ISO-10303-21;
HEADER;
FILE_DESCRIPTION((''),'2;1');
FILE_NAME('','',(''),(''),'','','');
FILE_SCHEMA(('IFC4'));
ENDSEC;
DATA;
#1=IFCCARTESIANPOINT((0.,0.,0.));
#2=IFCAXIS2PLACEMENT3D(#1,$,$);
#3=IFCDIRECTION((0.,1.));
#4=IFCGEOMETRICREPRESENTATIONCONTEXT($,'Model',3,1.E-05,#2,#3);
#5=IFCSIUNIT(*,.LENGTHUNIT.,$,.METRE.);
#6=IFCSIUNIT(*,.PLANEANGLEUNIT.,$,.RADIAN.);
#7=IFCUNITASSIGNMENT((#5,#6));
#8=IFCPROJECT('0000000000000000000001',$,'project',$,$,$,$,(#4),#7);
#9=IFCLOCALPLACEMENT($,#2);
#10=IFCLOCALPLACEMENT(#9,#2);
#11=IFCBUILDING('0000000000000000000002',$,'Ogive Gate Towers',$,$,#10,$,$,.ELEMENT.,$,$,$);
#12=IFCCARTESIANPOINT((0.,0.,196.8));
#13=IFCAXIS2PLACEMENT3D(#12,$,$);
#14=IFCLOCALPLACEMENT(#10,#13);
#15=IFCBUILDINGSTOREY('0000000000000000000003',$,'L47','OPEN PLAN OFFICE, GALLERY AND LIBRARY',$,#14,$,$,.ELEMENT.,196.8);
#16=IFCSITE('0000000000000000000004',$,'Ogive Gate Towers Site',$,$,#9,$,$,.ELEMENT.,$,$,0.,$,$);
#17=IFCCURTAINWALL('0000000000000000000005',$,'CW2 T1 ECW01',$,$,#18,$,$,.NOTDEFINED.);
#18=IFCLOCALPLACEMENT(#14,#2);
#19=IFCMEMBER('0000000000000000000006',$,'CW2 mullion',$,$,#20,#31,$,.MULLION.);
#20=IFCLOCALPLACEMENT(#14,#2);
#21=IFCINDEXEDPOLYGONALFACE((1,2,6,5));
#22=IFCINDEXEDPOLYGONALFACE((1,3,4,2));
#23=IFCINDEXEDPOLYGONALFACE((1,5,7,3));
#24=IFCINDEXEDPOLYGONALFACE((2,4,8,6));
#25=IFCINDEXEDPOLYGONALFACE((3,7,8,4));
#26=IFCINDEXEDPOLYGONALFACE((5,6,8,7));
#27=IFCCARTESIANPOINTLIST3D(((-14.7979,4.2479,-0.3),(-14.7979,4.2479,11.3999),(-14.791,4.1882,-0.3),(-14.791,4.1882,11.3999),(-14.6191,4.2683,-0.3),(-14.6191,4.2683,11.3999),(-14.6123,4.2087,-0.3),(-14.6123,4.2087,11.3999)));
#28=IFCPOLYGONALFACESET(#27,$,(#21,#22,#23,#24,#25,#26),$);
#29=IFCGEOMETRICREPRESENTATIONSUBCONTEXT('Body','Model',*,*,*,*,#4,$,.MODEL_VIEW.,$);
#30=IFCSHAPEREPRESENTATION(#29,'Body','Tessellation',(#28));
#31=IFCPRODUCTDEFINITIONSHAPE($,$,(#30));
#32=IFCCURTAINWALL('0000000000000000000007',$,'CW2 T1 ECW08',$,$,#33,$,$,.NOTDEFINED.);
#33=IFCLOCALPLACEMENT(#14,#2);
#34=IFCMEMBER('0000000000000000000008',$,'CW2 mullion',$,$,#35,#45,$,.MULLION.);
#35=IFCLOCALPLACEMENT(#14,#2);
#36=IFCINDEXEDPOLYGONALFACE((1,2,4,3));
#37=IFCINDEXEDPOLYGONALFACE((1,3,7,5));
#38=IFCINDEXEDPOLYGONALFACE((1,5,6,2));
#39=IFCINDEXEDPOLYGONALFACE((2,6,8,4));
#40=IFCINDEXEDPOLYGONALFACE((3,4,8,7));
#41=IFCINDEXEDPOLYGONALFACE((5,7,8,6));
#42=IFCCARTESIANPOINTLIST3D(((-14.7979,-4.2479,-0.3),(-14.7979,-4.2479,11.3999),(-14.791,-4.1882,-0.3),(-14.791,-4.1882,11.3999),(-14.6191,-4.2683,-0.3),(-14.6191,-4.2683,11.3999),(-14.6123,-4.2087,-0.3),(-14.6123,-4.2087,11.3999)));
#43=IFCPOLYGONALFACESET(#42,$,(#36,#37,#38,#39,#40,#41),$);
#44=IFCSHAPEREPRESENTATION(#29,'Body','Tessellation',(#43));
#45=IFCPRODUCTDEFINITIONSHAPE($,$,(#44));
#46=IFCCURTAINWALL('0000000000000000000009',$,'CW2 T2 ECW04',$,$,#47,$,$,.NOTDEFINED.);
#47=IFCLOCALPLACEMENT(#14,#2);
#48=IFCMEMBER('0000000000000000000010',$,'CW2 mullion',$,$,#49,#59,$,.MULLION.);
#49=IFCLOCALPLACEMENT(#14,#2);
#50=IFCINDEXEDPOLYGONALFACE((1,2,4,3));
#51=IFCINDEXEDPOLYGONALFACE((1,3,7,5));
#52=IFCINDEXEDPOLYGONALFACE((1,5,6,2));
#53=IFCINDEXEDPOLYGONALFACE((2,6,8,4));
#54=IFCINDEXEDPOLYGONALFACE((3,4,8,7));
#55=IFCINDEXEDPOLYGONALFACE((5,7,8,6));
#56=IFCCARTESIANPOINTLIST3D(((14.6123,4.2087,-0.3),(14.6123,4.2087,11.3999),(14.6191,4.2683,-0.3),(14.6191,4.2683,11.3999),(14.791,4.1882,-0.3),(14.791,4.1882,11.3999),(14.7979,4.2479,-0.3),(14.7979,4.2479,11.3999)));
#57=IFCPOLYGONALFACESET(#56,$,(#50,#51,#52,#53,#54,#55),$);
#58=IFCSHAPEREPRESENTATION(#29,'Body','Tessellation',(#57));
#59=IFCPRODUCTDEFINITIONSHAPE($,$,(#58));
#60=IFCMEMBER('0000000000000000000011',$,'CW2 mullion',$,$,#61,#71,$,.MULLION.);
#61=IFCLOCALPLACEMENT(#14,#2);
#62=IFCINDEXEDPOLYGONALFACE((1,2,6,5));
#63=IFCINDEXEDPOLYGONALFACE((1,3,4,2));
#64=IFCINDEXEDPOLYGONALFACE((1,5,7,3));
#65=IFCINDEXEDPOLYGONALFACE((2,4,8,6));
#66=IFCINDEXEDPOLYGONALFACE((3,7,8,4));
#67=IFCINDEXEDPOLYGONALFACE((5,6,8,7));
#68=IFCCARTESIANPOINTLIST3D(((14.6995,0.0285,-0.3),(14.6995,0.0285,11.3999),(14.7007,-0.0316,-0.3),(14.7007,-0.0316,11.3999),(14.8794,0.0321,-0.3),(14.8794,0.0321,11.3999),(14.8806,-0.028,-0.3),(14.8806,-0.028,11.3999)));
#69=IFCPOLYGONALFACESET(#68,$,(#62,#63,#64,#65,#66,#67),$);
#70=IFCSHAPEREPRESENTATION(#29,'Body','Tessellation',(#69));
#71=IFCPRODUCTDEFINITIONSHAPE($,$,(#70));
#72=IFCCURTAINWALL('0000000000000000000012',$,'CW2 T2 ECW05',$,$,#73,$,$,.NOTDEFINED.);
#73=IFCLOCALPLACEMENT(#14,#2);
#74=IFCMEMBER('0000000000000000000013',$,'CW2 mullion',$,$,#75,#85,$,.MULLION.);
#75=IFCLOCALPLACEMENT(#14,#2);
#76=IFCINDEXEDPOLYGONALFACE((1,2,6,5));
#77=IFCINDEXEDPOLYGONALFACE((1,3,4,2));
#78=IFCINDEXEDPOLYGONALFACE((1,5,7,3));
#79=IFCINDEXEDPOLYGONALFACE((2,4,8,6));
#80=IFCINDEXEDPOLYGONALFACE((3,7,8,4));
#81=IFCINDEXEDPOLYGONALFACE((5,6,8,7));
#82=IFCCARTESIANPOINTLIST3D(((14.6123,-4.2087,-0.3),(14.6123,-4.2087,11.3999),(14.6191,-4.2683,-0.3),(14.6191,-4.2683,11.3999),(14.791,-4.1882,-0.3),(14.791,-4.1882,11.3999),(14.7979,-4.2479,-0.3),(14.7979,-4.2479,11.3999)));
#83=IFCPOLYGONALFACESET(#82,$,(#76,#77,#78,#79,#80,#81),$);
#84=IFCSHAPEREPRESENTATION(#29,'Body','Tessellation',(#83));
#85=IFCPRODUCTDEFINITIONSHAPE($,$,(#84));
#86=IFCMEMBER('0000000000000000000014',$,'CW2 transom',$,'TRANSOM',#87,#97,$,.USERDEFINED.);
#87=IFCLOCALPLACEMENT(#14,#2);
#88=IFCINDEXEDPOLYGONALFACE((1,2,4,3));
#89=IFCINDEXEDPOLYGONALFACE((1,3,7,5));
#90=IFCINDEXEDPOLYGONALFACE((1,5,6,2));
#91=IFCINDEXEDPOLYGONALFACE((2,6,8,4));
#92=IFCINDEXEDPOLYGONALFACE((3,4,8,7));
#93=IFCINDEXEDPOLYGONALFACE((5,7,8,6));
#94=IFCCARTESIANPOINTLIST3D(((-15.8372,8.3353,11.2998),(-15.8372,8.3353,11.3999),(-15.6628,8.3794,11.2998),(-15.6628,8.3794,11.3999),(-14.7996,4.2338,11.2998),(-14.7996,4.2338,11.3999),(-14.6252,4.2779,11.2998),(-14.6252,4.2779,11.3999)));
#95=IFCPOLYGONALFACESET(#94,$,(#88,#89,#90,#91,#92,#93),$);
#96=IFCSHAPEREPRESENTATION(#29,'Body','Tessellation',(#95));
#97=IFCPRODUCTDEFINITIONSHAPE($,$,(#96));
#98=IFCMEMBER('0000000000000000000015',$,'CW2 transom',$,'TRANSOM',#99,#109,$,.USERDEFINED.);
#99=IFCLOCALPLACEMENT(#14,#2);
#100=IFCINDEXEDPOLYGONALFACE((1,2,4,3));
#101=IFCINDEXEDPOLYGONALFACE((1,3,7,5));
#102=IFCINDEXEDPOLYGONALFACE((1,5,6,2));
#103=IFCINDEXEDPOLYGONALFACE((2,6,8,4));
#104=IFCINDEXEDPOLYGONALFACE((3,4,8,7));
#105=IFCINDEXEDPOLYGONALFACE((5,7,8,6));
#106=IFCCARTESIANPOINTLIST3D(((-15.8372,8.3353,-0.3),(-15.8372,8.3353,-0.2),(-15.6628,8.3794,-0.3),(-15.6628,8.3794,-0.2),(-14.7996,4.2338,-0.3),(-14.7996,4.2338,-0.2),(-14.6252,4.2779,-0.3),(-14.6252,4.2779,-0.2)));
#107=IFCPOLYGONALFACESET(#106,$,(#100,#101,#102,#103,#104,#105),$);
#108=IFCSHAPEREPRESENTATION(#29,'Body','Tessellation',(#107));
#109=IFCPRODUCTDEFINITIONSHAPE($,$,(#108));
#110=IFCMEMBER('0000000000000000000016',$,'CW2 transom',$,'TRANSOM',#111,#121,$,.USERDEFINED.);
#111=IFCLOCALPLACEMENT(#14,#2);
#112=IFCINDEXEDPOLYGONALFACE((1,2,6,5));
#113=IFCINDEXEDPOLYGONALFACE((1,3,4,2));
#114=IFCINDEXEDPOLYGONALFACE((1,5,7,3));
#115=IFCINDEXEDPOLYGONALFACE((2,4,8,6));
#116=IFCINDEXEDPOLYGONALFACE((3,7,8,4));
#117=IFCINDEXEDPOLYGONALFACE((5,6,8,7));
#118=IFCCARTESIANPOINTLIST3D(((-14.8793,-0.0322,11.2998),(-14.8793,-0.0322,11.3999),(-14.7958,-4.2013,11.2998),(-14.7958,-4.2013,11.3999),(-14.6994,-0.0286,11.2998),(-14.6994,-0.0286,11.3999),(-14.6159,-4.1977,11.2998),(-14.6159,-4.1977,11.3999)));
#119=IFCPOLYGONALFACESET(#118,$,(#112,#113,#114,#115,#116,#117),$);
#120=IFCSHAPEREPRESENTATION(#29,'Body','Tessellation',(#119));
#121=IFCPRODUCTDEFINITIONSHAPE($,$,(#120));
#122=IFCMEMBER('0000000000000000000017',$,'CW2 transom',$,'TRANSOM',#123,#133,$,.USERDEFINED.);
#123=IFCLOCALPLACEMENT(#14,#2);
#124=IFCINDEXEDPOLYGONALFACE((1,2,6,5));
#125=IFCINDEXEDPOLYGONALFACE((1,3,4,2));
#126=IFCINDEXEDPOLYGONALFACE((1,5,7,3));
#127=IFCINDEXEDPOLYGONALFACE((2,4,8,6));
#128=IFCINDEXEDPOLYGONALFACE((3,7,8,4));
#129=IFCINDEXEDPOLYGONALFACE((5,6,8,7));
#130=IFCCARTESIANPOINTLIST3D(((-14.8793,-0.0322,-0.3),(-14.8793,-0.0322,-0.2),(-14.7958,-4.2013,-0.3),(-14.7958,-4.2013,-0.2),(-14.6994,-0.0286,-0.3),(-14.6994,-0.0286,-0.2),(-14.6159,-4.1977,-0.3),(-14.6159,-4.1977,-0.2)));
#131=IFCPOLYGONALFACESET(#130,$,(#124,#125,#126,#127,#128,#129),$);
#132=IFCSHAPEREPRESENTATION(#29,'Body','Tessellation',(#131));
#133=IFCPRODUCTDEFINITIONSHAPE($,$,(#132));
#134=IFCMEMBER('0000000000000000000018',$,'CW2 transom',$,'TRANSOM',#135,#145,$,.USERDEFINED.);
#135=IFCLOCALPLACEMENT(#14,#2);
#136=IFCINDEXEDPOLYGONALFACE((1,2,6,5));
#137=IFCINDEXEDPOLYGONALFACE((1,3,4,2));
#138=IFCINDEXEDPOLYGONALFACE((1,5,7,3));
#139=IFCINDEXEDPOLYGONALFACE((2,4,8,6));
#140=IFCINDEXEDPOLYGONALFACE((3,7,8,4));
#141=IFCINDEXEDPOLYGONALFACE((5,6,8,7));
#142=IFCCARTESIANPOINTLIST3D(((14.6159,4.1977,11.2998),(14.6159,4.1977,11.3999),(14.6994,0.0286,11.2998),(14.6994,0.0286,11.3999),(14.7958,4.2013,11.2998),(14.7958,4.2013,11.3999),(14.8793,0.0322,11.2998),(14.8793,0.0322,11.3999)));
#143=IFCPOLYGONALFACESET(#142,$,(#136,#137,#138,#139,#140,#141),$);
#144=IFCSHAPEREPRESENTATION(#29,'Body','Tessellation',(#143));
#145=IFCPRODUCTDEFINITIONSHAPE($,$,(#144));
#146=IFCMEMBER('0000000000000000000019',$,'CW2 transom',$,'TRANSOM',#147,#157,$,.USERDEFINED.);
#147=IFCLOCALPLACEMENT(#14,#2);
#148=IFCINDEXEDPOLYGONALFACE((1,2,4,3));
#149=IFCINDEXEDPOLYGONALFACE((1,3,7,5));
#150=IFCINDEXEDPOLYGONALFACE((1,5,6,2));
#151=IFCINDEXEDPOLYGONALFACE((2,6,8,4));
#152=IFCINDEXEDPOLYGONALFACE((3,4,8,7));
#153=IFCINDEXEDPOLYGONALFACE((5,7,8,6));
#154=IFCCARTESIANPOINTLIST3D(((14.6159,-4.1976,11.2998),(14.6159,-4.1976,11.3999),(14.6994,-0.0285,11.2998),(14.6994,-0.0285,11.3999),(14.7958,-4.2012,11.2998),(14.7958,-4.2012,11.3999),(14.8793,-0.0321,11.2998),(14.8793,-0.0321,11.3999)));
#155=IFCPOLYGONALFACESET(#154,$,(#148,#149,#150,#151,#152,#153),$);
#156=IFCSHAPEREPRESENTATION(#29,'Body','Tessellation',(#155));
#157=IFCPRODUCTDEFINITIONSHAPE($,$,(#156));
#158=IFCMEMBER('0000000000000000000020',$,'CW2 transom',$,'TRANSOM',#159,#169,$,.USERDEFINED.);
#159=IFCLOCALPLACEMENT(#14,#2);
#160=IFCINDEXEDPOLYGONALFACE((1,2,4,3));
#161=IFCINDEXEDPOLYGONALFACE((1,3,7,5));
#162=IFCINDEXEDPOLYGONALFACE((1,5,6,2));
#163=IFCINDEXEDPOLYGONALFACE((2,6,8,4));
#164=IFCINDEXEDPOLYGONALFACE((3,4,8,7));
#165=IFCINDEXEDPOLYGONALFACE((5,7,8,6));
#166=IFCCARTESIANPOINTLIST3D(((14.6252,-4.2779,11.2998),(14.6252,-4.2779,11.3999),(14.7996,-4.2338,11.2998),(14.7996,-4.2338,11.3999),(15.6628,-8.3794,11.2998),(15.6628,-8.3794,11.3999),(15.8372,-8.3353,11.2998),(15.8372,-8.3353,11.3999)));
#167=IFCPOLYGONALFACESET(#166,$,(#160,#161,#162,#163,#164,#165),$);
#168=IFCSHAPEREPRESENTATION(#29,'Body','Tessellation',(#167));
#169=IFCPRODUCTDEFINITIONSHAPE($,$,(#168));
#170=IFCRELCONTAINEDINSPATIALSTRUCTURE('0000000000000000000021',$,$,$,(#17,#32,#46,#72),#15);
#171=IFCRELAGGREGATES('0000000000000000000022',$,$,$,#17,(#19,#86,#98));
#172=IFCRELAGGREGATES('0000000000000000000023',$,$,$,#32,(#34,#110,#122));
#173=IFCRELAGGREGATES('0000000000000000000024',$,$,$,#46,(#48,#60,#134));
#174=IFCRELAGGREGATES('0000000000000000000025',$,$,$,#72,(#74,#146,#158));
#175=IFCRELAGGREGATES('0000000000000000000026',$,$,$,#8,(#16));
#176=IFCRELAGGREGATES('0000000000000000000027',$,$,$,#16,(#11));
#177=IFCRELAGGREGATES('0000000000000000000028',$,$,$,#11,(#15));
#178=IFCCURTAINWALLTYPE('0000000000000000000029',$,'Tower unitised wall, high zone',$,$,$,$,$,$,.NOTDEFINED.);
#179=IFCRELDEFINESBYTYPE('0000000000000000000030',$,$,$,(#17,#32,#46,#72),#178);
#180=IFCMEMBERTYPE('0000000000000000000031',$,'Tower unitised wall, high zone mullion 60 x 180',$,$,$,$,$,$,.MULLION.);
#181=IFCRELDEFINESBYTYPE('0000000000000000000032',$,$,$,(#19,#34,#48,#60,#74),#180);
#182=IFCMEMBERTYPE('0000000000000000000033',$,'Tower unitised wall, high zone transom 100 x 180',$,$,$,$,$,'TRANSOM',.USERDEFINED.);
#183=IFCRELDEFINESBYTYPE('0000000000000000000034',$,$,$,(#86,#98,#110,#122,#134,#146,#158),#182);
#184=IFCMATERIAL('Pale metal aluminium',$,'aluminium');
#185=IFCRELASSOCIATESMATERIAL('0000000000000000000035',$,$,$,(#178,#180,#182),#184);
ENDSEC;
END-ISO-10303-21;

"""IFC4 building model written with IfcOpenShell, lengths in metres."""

from ifc_helpers import new_model, si_unit, direction, frame, origin, origin_2d, place, context, subcontext, project, spatial, rectangle, extrude, material, material_profile, profile_set, type_object, element, aggregate, save


model = new_model("IFC4")

# Units and contexts
model_context = context("Model", 3, precision=1e-05, world=origin(), true_north=direction((0.0, 1.0)))
body_context = subcontext(model_context, "Body", "Model", "MODEL_VIEW")
ifc_project = project(units=[si_unit("LENGTHUNIT", "METRE"), si_unit("PLANEANGLEUNIT", "RADIAN")], contexts=[model_context])

# Site, building, storey
site_placement = place(None, origin())
site = spatial("IfcSite", under=ifc_project, at=site_placement, Name="Ogive Gate Towers Site", CompositionType="ELEMENT", RefElevation=0.0)
building_placement = place(site_placement, origin())
building = spatial("IfcBuilding", under=site, at=building_placement, Name="Ogive Gate Towers", CompositionType="ELEMENT")
storey_placement = place(building_placement, frame((0.0, 0.0, 196.8)))
storey = spatial("IfcBuildingStorey", under=building, at=storey_placement, Name="L47", Description="OPEN PLAN OFFICE, GALLERY AND LIBRARY", CompositionType="ELEMENT", Elevation=196.8)

# Curtain walls, members
ifc_material_1 = material(Name="Pale metal aluminium", Category="aluminium")
curtain_wall_type = type_object("IfcCurtainWallType", Name="Tower unitised wall, high zone", PredefinedType="NOTDEFINED", material=ifc_material_1)
curtain_wall_1_placement = place(storey_placement, origin())
curtain_wall_1 = element("IfcCurtainWall", 1, at=curtain_wall_1_placement, inside=storey, type_object=curtain_wall_type, Name="CW2 T1 ECW01", PredefinedType="NOTDEFINED")
ifc_material_profile_1 = material_profile(ifc_material_1, rectangle(XDim=0.1799, YDim=0.0601, at=origin_2d()), Name="60 x 180 aluminium box")
ifc_profile_set_1 = profile_set([ifc_material_profile_1], Name="Pale metal aluminium")
member_type_1 = type_object("IfcMemberType", Name="Tower unitised wall, high zone mullion 60 x 180", PredefinedType="MULLION", material=ifc_profile_set_1)
member_1_placement = place(storey_placement, frame((-14.7051, 4.2283, -0.3), z_axis=(0.0, 0.0, 1.0), x_axis=(0.993522, 0.113637, 0.0)))
member_1 = element("IfcMember", 2, at=member_1_placement, type_object=member_type_1, Name="CW2 mullion", PredefinedType="MULLION", context=body_context, shape_type="SweptSolid", body=[
    extrude(rectangle(XDim=0.1799, YDim=0.0601, at=origin_2d()), origin(), (0.0, 0.0, 1.0), 11.7),
])
curtain_wall_2_placement = place(storey_placement, origin())
curtain_wall_2 = element("IfcCurtainWall", 3, at=curtain_wall_2_placement, inside=storey, type_object=curtain_wall_type, Name="CW2 T1 ECW08", PredefinedType="NOTDEFINED")
member_2_placement = place(storey_placement, frame((-14.7051, -4.2283, -0.3), z_axis=(0.0, 0.0, 1.0), x_axis=(0.993522, -0.113637, 0.0)))
member_2 = element("IfcMember", 4, at=member_2_placement, type_object=member_type_1, Name="CW2 mullion", PredefinedType="MULLION", context=body_context, shape_type="SweptSolid", body=[
    extrude(rectangle(XDim=0.1799, YDim=0.0601, at=origin_2d()), origin(), (0.0, 0.0, 1.0), 11.7),
])

# Curtain wall, members
curtain_wall_3_placement = place(storey_placement, origin())
curtain_wall_3 = element("IfcCurtainWall", 5, at=curtain_wall_3_placement, inside=storey, type_object=curtain_wall_type, Name="CW2 T2 ECW04", PredefinedType="NOTDEFINED")
member_3_placement = place(storey_placement, frame((14.7051, 4.2283, -0.3), z_axis=(0.0, 0.0, 1.0), x_axis=(-0.993522, 0.113637, 0.0)))
member_3 = element("IfcMember", 6, at=member_3_placement, type_object=member_type_1, Name="CW2 mullion", PredefinedType="MULLION", context=body_context, shape_type="SweptSolid", body=[
    extrude(rectangle(XDim=0.1799, YDim=0.0601, at=origin_2d()), origin(), (0.0, 0.0, 1.0), 11.7),
])
member_4_placement = place(storey_placement, frame((14.79, 0.0002, -0.3), z_axis=(0.0, 0.0, 1.0), x_axis=(-0.999799, -0.020052, 0.0)))
member_4 = element("IfcMember", 7, at=member_4_placement, type_object=member_type_1, Name="CW2 mullion", PredefinedType="MULLION", context=body_context, shape_type="SweptSolid", body=[
    extrude(rectangle(XDim=0.1799, YDim=0.0601, at=origin_2d()), origin(), (0.0, 0.0, 1.0), 11.7),
])

# Curtain wall, member
curtain_wall_4_placement = place(storey_placement, origin())
curtain_wall_4 = element("IfcCurtainWall", 8, at=curtain_wall_4_placement, inside=storey, type_object=curtain_wall_type, Name="CW2 T2 ECW05", PredefinedType="NOTDEFINED")
member_5_placement = place(storey_placement, frame((14.7051, -4.2283, -0.3), z_axis=(0.0, 0.0, 1.0), x_axis=(-0.993522, -0.113637, 0.0)))
member_5 = element("IfcMember", 9, at=member_5_placement, type_object=member_type_1, Name="CW2 mullion", PredefinedType="MULLION", context=body_context, shape_type="SweptSolid", body=[
    extrude(rectangle(XDim=0.1799, YDim=0.0601, at=origin_2d()), origin(), (0.0, 0.0, 1.0), 11.7),
])

# Members
ifc_material_profile_2 = material_profile(ifc_material_1, rectangle(XDim=0.1799, YDim=0.1001, at=origin_2d()), Name="100 x 180 aluminium box")
ifc_profile_set_2 = profile_set([ifc_material_profile_2], Name="Pale metal aluminium")
member_type_2 = type_object("IfcMemberType", Name="Tower unitised wall, high zone transom 100 x 180", ElementType="TRANSOM", PredefinedType="USERDEFINED", material=ifc_profile_set_2)
member_6_placement = place(storey_placement, frame((-14.7124, 4.2559, 11.3499), z_axis=(-0.24525, 0.96946, 0.0), x_axis=(-0.96946, -0.24525, 0.0)))
member_6 = element("IfcMember", 10, at=member_6_placement, type_object=member_type_2, Name="CW2 transom", ObjectType="TRANSOM", PredefinedType="USERDEFINED", context=body_context, shape_type="SweptSolid", body=[
    extrude(rectangle(XDim=0.1799, YDim=0.1001, at=origin_2d()), origin(), (0.0, 0.0, 1.0), 4.2307),
])
member_7_placement = place(storey_placement, frame((-14.7124, 4.2559, -0.25), z_axis=(-0.24525, 0.96946, 0.0), x_axis=(-0.96946, -0.24525, 0.0)))
member_7 = element("IfcMember", 11, at=member_7_placement, type_object=member_type_2, Name="CW2 transom", ObjectType="TRANSOM", PredefinedType="USERDEFINED", context=body_context, shape_type="SweptSolid", body=[
    extrude(rectangle(XDim=0.1799, YDim=0.1001, at=origin_2d()), origin(), (0.0, 0.0, 1.0), 4.2307),
])
aggregate(curtain_wall_1, [member_1, member_6, member_7])
member_8_placement = place(storey_placement, frame((-14.7058, -4.1995, 11.3499), z_axis=(-0.020023, 0.9998, 0.0), x_axis=(-0.9998, -0.020023, 0.0)))
member_8 = element("IfcMember", 12, at=member_8_placement, type_object=member_type_2, Name="CW2 transom", ObjectType="TRANSOM", PredefinedType="USERDEFINED", context=body_context, shape_type="SweptSolid", body=[
    extrude(rectangle(XDim=0.1799, YDim=0.1001, at=origin_2d()), origin(), (0.0, 0.0, 1.0), 4.1699),
])
member_9_placement = place(storey_placement, frame((-14.7058, -4.1995, -0.25), z_axis=(-0.020023, 0.9998, 0.0), x_axis=(-0.9998, -0.020023, 0.0)))
member_9 = element("IfcMember", 13, at=member_9_placement, type_object=member_type_2, Name="CW2 transom", ObjectType="TRANSOM", PredefinedType="USERDEFINED", context=body_context, shape_type="SweptSolid", body=[
    extrude(rectangle(XDim=0.1799, YDim=0.1001, at=origin_2d()), origin(), (0.0, 0.0, 1.0), 4.1699),
])
member_10_placement = place(storey_placement, frame((14.7058, 4.1995, 11.3499), z_axis=(0.020023, -0.9998, 0.0), x_axis=(0.9998, 0.020023, 0.0)))
member_10 = element("IfcMember", 14, at=member_10_placement, type_object=member_type_2, Name="CW2 transom", ObjectType="TRANSOM", PredefinedType="USERDEFINED", context=body_context, shape_type="SweptSolid", body=[
    extrude(rectangle(XDim=0.1799, YDim=0.1001, at=origin_2d()), origin(), (0.0, 0.0, 1.0), 4.1699),
])
member_11_placement = place(storey_placement, frame((14.7893, -0.0303, 11.3499), z_axis=(-0.020023, -0.9998, 0.0), x_axis=(0.9998, -0.020023, 0.0)))
member_11 = element("IfcMember", 15, at=member_11_placement, type_object=member_type_2, Name="CW2 transom", ObjectType="TRANSOM", PredefinedType="USERDEFINED", context=body_context, shape_type="SweptSolid", body=[
    extrude(rectangle(XDim=0.1799, YDim=0.1001, at=origin_2d()), origin(), (0.0, 0.0, 1.0), 4.1699),
])
member_12_placement = place(storey_placement, frame((14.7124, -4.2559, 11.3499), z_axis=(0.24525, -0.96946, 0.0), x_axis=(0.96946, 0.24525, 0.0)))
member_12 = element("IfcMember", 16, at=member_12_placement, type_object=member_type_2, Name="CW2 transom", ObjectType="TRANSOM", PredefinedType="USERDEFINED", context=body_context, shape_type="SweptSolid", body=[
    extrude(rectangle(XDim=0.1799, YDim=0.1001, at=origin_2d()), origin(), (0.0, 0.0, 1.0), 4.2307),
])

aggregate(curtain_wall_2, [member_2, member_8, member_9])
aggregate(curtain_wall_3, [member_3, member_4, member_10])
aggregate(curtain_wall_4, [member_5, member_11, member_12])

save(model, "model.ifc")
